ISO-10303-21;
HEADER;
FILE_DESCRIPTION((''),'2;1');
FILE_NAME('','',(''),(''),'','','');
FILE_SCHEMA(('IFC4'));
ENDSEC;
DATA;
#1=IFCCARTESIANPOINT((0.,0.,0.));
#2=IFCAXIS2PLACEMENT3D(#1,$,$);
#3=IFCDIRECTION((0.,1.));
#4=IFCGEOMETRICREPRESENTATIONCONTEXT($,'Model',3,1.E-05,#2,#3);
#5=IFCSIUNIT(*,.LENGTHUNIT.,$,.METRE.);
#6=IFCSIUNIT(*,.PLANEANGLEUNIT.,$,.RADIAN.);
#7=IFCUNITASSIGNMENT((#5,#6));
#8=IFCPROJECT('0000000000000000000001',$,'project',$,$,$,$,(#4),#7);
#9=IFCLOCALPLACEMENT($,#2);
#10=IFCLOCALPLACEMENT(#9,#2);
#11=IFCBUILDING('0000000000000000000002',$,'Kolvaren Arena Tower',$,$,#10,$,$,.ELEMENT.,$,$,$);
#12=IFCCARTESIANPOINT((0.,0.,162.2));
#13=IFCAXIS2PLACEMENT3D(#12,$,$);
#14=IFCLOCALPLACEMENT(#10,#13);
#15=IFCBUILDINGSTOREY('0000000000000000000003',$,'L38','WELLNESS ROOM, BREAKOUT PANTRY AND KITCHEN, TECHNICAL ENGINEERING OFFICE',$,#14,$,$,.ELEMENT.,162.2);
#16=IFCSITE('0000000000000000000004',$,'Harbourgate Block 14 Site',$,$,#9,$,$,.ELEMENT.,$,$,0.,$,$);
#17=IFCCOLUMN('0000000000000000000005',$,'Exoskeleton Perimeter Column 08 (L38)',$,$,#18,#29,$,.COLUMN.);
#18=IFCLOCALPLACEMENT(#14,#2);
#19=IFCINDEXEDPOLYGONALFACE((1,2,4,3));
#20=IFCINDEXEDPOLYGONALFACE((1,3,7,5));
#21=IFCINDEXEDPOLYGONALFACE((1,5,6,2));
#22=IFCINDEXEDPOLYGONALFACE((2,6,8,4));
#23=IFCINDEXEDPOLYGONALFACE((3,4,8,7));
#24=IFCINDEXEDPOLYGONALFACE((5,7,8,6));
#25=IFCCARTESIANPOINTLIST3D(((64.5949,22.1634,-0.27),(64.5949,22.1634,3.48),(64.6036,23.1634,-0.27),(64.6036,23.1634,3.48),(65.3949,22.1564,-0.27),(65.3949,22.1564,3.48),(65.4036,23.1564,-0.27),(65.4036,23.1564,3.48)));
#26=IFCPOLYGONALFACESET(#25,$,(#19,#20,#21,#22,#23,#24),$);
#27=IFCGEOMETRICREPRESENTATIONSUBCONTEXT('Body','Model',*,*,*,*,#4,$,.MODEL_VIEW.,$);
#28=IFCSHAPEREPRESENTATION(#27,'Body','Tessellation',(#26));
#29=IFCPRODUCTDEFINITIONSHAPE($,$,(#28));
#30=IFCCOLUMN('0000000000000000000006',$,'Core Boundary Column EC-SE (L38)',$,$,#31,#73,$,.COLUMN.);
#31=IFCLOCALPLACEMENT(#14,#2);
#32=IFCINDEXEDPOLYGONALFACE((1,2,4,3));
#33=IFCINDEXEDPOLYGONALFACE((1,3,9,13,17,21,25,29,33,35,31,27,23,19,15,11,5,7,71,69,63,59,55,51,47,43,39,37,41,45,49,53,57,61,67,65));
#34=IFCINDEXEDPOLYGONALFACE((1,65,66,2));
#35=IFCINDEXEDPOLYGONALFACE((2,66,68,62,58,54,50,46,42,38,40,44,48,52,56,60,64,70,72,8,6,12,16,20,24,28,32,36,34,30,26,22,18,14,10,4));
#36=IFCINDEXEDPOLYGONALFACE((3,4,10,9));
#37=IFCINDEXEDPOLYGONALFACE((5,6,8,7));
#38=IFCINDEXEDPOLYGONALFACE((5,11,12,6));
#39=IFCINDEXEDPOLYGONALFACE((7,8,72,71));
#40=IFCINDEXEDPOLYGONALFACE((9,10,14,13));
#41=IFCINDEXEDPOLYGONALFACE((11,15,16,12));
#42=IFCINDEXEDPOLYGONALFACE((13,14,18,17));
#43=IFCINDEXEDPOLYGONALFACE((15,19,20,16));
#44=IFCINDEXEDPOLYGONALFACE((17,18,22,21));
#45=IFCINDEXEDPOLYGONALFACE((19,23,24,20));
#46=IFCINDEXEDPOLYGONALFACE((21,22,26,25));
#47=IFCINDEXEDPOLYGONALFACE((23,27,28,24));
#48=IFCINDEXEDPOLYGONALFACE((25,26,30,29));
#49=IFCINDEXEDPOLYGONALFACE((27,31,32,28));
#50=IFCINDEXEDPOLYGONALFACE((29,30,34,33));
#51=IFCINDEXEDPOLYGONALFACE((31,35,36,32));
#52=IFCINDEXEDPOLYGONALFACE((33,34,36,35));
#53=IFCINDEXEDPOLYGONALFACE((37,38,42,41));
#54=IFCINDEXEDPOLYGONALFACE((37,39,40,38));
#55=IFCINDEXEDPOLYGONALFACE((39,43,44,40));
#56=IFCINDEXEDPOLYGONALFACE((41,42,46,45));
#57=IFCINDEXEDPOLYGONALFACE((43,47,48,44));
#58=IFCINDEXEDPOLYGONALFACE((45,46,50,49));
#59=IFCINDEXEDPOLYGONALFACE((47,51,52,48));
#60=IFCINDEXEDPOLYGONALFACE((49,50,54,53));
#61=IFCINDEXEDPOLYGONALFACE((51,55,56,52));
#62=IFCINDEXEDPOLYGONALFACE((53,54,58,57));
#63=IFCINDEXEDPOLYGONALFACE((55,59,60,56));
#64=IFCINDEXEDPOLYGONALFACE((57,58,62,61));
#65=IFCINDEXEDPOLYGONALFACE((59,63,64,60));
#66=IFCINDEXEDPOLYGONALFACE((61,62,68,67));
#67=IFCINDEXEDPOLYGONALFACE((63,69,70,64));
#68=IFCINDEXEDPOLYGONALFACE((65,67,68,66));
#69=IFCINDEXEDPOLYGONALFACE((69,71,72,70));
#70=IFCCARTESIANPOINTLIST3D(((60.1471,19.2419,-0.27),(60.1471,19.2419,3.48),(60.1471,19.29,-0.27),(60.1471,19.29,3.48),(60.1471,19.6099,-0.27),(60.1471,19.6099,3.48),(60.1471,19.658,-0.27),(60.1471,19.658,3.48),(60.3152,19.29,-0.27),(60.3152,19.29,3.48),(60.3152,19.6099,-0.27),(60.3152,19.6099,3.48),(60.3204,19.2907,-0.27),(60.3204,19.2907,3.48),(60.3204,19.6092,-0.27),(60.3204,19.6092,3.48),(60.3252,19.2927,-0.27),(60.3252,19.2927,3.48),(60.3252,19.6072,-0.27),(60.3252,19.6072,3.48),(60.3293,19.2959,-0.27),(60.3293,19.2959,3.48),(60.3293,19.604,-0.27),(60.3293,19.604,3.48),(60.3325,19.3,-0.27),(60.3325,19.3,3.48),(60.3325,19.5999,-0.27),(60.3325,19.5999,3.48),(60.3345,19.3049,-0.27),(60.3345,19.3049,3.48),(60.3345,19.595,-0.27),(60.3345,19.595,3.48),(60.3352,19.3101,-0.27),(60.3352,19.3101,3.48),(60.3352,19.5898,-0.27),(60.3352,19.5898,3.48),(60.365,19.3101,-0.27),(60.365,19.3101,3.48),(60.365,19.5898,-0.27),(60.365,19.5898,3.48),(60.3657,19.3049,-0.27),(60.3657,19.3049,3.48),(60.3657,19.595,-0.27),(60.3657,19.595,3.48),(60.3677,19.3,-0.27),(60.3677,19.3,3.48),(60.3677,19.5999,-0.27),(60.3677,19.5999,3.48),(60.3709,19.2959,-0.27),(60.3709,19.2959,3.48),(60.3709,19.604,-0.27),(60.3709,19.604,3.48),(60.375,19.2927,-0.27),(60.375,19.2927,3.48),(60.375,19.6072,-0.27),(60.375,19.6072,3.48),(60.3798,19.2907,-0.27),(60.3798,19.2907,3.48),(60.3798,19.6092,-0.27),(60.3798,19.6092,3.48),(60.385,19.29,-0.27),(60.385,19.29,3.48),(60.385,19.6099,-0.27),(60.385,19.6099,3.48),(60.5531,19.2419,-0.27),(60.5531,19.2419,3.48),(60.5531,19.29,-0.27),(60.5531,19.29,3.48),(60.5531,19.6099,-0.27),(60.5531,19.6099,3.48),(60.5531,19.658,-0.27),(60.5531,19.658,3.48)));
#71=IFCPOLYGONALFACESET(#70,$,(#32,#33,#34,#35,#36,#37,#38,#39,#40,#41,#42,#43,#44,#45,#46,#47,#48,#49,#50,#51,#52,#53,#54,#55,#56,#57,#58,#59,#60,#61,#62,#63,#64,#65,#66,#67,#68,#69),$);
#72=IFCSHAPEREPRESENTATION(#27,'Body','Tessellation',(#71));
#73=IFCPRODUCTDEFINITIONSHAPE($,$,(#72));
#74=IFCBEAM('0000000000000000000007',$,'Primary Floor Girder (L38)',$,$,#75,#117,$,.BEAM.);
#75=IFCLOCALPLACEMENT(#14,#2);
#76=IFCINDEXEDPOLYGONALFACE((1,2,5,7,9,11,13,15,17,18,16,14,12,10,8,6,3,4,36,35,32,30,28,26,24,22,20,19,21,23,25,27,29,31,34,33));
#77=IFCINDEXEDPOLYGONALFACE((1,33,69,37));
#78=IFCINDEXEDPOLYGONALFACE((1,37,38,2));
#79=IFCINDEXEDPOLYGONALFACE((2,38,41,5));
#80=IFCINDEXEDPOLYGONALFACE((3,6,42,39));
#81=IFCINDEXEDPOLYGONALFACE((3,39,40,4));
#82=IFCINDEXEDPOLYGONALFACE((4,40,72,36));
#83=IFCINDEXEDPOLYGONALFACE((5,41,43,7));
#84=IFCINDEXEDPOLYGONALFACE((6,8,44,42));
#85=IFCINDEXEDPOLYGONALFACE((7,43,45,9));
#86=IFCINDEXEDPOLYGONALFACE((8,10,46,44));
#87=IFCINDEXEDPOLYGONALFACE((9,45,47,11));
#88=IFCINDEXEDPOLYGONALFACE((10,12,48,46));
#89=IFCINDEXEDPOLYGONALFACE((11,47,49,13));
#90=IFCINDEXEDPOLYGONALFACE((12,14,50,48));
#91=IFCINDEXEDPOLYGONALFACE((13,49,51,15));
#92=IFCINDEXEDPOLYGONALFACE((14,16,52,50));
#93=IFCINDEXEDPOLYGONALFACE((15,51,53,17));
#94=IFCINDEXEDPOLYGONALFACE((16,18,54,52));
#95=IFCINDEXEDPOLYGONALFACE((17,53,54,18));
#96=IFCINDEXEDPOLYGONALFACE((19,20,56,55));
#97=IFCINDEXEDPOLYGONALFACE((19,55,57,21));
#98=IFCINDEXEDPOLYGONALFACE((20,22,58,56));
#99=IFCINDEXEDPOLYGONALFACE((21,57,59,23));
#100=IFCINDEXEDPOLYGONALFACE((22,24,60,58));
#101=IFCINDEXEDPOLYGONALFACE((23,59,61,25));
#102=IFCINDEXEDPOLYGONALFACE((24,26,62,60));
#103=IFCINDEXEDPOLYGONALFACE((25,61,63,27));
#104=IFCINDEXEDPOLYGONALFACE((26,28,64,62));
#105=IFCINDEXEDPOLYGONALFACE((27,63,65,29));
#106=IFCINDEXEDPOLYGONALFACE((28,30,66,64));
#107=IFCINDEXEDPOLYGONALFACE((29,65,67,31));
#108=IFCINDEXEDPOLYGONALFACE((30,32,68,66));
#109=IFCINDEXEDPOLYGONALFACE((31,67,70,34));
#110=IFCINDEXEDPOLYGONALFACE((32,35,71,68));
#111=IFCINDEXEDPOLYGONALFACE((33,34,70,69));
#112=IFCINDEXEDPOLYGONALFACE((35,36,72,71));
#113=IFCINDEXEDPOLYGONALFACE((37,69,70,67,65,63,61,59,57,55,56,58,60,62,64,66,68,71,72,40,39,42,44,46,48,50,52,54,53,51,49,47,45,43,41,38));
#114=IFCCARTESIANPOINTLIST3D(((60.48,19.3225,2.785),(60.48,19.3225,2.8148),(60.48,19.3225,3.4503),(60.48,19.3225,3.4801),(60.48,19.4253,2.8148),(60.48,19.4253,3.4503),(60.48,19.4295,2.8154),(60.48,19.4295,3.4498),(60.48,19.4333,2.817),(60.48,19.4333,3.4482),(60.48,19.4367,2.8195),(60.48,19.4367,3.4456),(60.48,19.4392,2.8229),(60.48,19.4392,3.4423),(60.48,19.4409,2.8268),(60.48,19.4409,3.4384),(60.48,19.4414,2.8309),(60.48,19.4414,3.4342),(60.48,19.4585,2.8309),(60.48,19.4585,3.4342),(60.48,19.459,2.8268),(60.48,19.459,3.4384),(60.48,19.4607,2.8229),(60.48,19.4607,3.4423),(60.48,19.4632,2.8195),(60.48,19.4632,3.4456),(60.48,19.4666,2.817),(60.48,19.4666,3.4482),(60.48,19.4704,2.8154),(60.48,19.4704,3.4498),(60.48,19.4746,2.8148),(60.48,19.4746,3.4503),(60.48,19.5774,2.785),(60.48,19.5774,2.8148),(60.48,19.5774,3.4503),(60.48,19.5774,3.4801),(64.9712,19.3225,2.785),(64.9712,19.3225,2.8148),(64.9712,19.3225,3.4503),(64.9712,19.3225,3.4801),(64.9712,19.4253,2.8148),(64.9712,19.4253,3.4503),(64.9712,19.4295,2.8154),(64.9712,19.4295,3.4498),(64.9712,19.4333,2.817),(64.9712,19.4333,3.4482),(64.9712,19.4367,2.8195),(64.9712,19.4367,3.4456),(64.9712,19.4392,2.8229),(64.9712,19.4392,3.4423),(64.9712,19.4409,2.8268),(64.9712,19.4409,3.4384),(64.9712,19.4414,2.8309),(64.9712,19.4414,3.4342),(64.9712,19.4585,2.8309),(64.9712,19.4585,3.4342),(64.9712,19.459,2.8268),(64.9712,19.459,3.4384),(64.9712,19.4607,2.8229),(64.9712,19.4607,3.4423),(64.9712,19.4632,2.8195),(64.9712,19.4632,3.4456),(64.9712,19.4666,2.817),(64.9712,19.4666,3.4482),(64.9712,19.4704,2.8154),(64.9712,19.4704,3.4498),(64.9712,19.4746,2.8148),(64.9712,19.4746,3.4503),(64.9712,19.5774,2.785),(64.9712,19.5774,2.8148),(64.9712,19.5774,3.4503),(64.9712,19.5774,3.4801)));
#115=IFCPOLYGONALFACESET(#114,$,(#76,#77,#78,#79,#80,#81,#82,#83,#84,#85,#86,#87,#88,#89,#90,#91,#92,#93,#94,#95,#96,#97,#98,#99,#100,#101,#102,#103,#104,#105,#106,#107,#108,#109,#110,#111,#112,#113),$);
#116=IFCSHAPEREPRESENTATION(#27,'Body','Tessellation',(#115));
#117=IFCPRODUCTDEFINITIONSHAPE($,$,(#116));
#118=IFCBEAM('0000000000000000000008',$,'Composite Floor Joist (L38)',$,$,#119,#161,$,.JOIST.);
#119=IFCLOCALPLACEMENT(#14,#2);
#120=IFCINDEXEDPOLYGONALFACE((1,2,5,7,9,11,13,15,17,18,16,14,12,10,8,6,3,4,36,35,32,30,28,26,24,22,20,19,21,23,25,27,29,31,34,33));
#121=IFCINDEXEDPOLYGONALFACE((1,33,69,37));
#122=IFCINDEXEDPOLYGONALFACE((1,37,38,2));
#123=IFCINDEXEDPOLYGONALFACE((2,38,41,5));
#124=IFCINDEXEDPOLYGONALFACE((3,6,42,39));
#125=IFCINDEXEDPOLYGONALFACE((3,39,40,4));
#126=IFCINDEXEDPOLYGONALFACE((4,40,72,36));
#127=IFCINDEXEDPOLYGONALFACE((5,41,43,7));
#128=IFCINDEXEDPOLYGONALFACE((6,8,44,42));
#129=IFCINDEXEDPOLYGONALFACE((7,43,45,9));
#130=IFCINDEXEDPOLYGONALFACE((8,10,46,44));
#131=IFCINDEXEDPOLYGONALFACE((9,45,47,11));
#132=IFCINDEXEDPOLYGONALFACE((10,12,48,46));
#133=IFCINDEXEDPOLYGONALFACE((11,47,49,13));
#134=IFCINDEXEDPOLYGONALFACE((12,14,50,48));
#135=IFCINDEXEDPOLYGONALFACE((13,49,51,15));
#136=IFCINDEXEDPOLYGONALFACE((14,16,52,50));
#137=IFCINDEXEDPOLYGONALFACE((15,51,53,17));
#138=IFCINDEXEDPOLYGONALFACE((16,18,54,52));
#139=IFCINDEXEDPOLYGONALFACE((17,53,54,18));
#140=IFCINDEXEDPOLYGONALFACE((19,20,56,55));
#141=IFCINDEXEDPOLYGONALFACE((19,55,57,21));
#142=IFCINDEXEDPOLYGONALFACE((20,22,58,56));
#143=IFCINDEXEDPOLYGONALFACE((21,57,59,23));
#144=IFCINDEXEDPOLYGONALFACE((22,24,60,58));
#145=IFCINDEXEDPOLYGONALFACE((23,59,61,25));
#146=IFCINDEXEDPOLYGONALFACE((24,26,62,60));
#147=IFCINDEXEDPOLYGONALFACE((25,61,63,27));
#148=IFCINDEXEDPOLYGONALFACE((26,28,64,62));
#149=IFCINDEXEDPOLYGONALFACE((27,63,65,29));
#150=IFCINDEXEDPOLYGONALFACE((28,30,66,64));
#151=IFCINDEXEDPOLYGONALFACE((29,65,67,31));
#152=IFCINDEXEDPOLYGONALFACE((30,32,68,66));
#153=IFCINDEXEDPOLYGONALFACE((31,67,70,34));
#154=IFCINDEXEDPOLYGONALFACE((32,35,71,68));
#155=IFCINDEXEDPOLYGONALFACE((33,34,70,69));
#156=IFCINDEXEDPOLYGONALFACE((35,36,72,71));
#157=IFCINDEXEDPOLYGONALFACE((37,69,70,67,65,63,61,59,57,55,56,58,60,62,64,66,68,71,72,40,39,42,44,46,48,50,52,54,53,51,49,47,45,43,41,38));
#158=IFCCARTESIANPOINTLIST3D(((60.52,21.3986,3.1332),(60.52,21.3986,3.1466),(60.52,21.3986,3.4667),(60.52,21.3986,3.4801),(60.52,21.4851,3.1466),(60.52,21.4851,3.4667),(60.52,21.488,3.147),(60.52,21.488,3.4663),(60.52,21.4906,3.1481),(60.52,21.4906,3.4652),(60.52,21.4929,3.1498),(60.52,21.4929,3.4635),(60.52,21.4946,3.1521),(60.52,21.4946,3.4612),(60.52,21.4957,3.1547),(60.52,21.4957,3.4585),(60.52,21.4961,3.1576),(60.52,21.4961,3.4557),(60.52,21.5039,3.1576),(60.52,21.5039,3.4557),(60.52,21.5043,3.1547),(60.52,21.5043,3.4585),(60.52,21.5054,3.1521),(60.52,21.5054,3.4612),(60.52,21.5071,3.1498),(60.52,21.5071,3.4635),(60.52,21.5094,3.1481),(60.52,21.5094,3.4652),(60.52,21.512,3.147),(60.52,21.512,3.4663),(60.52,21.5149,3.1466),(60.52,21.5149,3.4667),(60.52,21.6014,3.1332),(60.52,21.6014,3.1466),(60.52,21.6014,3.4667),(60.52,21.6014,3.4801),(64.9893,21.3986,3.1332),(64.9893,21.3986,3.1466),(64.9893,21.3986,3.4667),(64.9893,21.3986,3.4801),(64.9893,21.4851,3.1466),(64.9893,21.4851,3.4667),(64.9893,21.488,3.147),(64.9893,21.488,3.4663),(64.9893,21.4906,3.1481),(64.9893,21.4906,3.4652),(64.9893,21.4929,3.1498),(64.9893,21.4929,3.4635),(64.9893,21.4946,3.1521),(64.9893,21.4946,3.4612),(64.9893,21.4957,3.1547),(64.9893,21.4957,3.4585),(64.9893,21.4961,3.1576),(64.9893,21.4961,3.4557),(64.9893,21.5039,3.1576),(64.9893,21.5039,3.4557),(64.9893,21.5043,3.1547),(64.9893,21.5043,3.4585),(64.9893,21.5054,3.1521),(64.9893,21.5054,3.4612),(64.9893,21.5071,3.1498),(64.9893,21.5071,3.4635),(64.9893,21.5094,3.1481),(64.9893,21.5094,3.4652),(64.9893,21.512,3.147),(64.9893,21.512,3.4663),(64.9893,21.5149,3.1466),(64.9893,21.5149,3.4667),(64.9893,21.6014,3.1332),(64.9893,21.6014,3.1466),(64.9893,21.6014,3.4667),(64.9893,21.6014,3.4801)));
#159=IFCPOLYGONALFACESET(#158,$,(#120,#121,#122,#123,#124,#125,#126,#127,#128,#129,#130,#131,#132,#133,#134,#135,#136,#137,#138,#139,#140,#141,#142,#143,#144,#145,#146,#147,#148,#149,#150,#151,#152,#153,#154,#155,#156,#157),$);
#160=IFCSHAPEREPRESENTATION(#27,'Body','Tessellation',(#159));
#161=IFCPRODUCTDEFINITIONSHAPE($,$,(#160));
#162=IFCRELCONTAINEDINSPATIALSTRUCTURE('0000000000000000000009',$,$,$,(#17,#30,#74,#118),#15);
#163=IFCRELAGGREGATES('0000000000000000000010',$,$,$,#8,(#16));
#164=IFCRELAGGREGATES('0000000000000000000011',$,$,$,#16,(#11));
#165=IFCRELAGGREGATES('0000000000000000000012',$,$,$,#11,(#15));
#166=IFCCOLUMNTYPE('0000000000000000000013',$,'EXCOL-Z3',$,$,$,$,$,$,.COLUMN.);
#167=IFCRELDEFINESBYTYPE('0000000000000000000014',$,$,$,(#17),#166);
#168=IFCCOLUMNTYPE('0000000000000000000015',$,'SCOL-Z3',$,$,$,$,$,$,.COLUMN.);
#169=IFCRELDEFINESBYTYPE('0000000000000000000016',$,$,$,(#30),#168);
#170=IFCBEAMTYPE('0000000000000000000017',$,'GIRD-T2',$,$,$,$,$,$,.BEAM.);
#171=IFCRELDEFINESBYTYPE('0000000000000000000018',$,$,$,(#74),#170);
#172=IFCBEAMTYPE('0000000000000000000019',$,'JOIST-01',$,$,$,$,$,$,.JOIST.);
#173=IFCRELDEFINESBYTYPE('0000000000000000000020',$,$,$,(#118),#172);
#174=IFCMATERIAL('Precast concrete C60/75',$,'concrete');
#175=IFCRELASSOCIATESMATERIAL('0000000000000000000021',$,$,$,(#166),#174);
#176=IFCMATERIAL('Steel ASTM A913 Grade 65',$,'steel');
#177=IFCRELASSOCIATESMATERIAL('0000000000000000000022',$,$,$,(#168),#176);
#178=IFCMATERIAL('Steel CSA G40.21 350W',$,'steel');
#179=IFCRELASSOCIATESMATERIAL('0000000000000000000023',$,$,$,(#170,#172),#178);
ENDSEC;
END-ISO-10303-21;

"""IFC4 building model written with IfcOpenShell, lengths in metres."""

from ifc_helpers import new_model, si_unit, direction, frame, origin, origin_2d, place, context, subcontext, project, spatial, rectangle, i_section, extrude, material, material_profile, profile_set, type_object, element, save


model = new_model("IFC4")

# Units and contexts
model_context = context("Model", 3, precision=1e-05, world=origin(), true_north=direction((0.0, 1.0)))
body_context = subcontext(model_context, "Body", "Model", "MODEL_VIEW")
ifc_project = project(units=[si_unit("LENGTHUNIT", "METRE"), si_unit("PLANEANGLEUNIT", "RADIAN")], contexts=[model_context])

# Site, building, storey
site_placement = place(None, origin())
site = spatial("IfcSite", under=ifc_project, at=site_placement, Name="Harbourgate Block 14 Site", CompositionType="ELEMENT", RefElevation=0.0)
building_placement = place(site_placement, origin())
building = spatial("IfcBuilding", under=site, at=building_placement, Name="Kolvaren Arena Tower", CompositionType="ELEMENT")
storey_placement = place(building_placement, frame((0.0, 0.0, 162.2)))
storey = spatial("IfcBuildingStorey", under=building, at=storey_placement, Name="L38", Description="WELLNESS ROOM, BREAKOUT PANTRY AND KITCHEN, TECHNICAL ENGINEERING OFFICE", CompositionType="ELEMENT", Elevation=162.2)

# Columns
ifc_material_1 = material(Name="Precast concrete C60/75", Category="concrete")
ifc_material_profile_1 = material_profile(ifc_material_1, rectangle(XDim=1.0, YDim=0.8, at=origin_2d()), Name="RC-1000x800")
ifc_profile_set_1 = profile_set([ifc_material_profile_1], Name="Precast concrete C60/75")
column_type_1 = type_object("IfcColumnType", Name="EXCOL-Z3", PredefinedType="COLUMN", material=ifc_profile_set_1)
column_1_placement = place(storey_placement, frame((64.9993, 22.6599, -0.27), z_axis=(0.0, 0.0, 1.0), x_axis=(0.008727, 0.999962, 0.0)))
element("IfcColumn", 1, at=column_1_placement, inside=storey, type_object=column_type_1, Name="Exoskeleton Perimeter Column 08 (L38)", PredefinedType="COLUMN", context=body_context, shape_type="SweptSolid", body=[
    extrude(rectangle(XDim=1.0, YDim=0.8, at=origin_2d()), origin(), (0.0, 0.0, 1.0), 3.75),
])
ifc_material_2 = material(Name="Steel ASTM A913 Grade 65", Category="steel")
ifc_material_profile_2 = material_profile(ifc_material_2, i_section(OverallWidth=0.406, OverallDepth=0.416, WebThickness=0.0298, FlangeThickness=0.0481, FilletRadius=0.02, at=origin_2d()), Name="W360x382")
ifc_profile_set_2 = profile_set([ifc_material_profile_2], Name="Steel ASTM A913 Grade 65")
column_type_2 = type_object("IfcColumnType", Name="SCOL-Z3", PredefinedType="COLUMN", material=ifc_profile_set_2)
column_2_placement = place(storey_placement, frame((60.3501, 19.45, -0.27), z_axis=(0.0, 0.0, 1.0), x_axis=(1.0, 0.0, 0.0)))
element("IfcColumn", 2, at=column_2_placement, inside=storey, type_object=column_type_2, Name="Core Boundary Column EC-SE (L38)", PredefinedType="COLUMN", context=body_context, shape_type="SweptSolid", body=[
    extrude(i_section(OverallWidth=0.406, OverallDepth=0.416, WebThickness=0.0298, FlangeThickness=0.0481, FilletRadius=0.02, at=origin_2d()), origin(), (0.0, 0.0, 1.0), 3.75),
])

# Beams
ifc_material_3 = material(Name="Steel CSA G40.21 350W", Category="steel")
ifc_material_profile_3 = material_profile(ifc_material_3, i_section(OverallWidth=0.2549, OverallDepth=0.6951, WebThickness=0.0171, FlangeThickness=0.0298, FilletRadius=0.0161, at=origin_2d()), Name="W690x217")
ifc_profile_set_3 = profile_set([ifc_material_profile_3], Name="Steel CSA G40.21 350W")
beam_type_1 = type_object("IfcBeamType", Name="GIRD-T2", PredefinedType="BEAM", material=ifc_profile_set_3)
beam_1_placement = place(storey_placement, frame((60.48, 19.45, 3.1326), z_axis=(1.0, 0.0, 0.0), x_axis=(0.0, 1.0, 0.0)))
element("IfcBeam", 3, at=beam_1_placement, inside=storey, type_object=beam_type_1, Name="Primary Floor Girder (L38)", PredefinedType="BEAM", context=body_context, shape_type="SweptSolid", body=[
    extrude(i_section(OverallWidth=0.2549, OverallDepth=0.6951, WebThickness=0.0171, FlangeThickness=0.0298, FilletRadius=0.0161, at=origin_2d()), origin(), (0.0, 0.0, 1.0), 4.4912),
])
ifc_material_profile_4 = material_profile(ifc_material_3, i_section(OverallWidth=0.2029, OverallDepth=0.3469, WebThickness=0.0078, FlangeThickness=0.0134, FilletRadius=0.011, at=origin_2d()), Name="W360x64")
ifc_profile_set_4 = profile_set([ifc_material_profile_4], Name="Steel CSA G40.21 350W")
beam_type_2 = type_object("IfcBeamType", Name="JOIST-01", PredefinedType="JOIST", material=ifc_profile_set_4)
beam_2_placement = place(storey_placement, frame((60.52, 21.5, 3.3066), z_axis=(1.0, 0.0, 0.0), x_axis=(0.0, 1.0, 0.0)))
element("IfcBeam", 4, at=beam_2_placement, inside=storey, type_object=beam_type_2, Name="Composite Floor Joist (L38)", PredefinedType="JOIST", context=body_context, shape_type="SweptSolid", body=[
    extrude(i_section(OverallWidth=0.2029, OverallDepth=0.3469, WebThickness=0.0078, FlangeThickness=0.0134, FilletRadius=0.011, at=origin_2d()), origin(), (0.0, 0.0, 1.0), 4.4692),
])

save(model, "model.ifc")
